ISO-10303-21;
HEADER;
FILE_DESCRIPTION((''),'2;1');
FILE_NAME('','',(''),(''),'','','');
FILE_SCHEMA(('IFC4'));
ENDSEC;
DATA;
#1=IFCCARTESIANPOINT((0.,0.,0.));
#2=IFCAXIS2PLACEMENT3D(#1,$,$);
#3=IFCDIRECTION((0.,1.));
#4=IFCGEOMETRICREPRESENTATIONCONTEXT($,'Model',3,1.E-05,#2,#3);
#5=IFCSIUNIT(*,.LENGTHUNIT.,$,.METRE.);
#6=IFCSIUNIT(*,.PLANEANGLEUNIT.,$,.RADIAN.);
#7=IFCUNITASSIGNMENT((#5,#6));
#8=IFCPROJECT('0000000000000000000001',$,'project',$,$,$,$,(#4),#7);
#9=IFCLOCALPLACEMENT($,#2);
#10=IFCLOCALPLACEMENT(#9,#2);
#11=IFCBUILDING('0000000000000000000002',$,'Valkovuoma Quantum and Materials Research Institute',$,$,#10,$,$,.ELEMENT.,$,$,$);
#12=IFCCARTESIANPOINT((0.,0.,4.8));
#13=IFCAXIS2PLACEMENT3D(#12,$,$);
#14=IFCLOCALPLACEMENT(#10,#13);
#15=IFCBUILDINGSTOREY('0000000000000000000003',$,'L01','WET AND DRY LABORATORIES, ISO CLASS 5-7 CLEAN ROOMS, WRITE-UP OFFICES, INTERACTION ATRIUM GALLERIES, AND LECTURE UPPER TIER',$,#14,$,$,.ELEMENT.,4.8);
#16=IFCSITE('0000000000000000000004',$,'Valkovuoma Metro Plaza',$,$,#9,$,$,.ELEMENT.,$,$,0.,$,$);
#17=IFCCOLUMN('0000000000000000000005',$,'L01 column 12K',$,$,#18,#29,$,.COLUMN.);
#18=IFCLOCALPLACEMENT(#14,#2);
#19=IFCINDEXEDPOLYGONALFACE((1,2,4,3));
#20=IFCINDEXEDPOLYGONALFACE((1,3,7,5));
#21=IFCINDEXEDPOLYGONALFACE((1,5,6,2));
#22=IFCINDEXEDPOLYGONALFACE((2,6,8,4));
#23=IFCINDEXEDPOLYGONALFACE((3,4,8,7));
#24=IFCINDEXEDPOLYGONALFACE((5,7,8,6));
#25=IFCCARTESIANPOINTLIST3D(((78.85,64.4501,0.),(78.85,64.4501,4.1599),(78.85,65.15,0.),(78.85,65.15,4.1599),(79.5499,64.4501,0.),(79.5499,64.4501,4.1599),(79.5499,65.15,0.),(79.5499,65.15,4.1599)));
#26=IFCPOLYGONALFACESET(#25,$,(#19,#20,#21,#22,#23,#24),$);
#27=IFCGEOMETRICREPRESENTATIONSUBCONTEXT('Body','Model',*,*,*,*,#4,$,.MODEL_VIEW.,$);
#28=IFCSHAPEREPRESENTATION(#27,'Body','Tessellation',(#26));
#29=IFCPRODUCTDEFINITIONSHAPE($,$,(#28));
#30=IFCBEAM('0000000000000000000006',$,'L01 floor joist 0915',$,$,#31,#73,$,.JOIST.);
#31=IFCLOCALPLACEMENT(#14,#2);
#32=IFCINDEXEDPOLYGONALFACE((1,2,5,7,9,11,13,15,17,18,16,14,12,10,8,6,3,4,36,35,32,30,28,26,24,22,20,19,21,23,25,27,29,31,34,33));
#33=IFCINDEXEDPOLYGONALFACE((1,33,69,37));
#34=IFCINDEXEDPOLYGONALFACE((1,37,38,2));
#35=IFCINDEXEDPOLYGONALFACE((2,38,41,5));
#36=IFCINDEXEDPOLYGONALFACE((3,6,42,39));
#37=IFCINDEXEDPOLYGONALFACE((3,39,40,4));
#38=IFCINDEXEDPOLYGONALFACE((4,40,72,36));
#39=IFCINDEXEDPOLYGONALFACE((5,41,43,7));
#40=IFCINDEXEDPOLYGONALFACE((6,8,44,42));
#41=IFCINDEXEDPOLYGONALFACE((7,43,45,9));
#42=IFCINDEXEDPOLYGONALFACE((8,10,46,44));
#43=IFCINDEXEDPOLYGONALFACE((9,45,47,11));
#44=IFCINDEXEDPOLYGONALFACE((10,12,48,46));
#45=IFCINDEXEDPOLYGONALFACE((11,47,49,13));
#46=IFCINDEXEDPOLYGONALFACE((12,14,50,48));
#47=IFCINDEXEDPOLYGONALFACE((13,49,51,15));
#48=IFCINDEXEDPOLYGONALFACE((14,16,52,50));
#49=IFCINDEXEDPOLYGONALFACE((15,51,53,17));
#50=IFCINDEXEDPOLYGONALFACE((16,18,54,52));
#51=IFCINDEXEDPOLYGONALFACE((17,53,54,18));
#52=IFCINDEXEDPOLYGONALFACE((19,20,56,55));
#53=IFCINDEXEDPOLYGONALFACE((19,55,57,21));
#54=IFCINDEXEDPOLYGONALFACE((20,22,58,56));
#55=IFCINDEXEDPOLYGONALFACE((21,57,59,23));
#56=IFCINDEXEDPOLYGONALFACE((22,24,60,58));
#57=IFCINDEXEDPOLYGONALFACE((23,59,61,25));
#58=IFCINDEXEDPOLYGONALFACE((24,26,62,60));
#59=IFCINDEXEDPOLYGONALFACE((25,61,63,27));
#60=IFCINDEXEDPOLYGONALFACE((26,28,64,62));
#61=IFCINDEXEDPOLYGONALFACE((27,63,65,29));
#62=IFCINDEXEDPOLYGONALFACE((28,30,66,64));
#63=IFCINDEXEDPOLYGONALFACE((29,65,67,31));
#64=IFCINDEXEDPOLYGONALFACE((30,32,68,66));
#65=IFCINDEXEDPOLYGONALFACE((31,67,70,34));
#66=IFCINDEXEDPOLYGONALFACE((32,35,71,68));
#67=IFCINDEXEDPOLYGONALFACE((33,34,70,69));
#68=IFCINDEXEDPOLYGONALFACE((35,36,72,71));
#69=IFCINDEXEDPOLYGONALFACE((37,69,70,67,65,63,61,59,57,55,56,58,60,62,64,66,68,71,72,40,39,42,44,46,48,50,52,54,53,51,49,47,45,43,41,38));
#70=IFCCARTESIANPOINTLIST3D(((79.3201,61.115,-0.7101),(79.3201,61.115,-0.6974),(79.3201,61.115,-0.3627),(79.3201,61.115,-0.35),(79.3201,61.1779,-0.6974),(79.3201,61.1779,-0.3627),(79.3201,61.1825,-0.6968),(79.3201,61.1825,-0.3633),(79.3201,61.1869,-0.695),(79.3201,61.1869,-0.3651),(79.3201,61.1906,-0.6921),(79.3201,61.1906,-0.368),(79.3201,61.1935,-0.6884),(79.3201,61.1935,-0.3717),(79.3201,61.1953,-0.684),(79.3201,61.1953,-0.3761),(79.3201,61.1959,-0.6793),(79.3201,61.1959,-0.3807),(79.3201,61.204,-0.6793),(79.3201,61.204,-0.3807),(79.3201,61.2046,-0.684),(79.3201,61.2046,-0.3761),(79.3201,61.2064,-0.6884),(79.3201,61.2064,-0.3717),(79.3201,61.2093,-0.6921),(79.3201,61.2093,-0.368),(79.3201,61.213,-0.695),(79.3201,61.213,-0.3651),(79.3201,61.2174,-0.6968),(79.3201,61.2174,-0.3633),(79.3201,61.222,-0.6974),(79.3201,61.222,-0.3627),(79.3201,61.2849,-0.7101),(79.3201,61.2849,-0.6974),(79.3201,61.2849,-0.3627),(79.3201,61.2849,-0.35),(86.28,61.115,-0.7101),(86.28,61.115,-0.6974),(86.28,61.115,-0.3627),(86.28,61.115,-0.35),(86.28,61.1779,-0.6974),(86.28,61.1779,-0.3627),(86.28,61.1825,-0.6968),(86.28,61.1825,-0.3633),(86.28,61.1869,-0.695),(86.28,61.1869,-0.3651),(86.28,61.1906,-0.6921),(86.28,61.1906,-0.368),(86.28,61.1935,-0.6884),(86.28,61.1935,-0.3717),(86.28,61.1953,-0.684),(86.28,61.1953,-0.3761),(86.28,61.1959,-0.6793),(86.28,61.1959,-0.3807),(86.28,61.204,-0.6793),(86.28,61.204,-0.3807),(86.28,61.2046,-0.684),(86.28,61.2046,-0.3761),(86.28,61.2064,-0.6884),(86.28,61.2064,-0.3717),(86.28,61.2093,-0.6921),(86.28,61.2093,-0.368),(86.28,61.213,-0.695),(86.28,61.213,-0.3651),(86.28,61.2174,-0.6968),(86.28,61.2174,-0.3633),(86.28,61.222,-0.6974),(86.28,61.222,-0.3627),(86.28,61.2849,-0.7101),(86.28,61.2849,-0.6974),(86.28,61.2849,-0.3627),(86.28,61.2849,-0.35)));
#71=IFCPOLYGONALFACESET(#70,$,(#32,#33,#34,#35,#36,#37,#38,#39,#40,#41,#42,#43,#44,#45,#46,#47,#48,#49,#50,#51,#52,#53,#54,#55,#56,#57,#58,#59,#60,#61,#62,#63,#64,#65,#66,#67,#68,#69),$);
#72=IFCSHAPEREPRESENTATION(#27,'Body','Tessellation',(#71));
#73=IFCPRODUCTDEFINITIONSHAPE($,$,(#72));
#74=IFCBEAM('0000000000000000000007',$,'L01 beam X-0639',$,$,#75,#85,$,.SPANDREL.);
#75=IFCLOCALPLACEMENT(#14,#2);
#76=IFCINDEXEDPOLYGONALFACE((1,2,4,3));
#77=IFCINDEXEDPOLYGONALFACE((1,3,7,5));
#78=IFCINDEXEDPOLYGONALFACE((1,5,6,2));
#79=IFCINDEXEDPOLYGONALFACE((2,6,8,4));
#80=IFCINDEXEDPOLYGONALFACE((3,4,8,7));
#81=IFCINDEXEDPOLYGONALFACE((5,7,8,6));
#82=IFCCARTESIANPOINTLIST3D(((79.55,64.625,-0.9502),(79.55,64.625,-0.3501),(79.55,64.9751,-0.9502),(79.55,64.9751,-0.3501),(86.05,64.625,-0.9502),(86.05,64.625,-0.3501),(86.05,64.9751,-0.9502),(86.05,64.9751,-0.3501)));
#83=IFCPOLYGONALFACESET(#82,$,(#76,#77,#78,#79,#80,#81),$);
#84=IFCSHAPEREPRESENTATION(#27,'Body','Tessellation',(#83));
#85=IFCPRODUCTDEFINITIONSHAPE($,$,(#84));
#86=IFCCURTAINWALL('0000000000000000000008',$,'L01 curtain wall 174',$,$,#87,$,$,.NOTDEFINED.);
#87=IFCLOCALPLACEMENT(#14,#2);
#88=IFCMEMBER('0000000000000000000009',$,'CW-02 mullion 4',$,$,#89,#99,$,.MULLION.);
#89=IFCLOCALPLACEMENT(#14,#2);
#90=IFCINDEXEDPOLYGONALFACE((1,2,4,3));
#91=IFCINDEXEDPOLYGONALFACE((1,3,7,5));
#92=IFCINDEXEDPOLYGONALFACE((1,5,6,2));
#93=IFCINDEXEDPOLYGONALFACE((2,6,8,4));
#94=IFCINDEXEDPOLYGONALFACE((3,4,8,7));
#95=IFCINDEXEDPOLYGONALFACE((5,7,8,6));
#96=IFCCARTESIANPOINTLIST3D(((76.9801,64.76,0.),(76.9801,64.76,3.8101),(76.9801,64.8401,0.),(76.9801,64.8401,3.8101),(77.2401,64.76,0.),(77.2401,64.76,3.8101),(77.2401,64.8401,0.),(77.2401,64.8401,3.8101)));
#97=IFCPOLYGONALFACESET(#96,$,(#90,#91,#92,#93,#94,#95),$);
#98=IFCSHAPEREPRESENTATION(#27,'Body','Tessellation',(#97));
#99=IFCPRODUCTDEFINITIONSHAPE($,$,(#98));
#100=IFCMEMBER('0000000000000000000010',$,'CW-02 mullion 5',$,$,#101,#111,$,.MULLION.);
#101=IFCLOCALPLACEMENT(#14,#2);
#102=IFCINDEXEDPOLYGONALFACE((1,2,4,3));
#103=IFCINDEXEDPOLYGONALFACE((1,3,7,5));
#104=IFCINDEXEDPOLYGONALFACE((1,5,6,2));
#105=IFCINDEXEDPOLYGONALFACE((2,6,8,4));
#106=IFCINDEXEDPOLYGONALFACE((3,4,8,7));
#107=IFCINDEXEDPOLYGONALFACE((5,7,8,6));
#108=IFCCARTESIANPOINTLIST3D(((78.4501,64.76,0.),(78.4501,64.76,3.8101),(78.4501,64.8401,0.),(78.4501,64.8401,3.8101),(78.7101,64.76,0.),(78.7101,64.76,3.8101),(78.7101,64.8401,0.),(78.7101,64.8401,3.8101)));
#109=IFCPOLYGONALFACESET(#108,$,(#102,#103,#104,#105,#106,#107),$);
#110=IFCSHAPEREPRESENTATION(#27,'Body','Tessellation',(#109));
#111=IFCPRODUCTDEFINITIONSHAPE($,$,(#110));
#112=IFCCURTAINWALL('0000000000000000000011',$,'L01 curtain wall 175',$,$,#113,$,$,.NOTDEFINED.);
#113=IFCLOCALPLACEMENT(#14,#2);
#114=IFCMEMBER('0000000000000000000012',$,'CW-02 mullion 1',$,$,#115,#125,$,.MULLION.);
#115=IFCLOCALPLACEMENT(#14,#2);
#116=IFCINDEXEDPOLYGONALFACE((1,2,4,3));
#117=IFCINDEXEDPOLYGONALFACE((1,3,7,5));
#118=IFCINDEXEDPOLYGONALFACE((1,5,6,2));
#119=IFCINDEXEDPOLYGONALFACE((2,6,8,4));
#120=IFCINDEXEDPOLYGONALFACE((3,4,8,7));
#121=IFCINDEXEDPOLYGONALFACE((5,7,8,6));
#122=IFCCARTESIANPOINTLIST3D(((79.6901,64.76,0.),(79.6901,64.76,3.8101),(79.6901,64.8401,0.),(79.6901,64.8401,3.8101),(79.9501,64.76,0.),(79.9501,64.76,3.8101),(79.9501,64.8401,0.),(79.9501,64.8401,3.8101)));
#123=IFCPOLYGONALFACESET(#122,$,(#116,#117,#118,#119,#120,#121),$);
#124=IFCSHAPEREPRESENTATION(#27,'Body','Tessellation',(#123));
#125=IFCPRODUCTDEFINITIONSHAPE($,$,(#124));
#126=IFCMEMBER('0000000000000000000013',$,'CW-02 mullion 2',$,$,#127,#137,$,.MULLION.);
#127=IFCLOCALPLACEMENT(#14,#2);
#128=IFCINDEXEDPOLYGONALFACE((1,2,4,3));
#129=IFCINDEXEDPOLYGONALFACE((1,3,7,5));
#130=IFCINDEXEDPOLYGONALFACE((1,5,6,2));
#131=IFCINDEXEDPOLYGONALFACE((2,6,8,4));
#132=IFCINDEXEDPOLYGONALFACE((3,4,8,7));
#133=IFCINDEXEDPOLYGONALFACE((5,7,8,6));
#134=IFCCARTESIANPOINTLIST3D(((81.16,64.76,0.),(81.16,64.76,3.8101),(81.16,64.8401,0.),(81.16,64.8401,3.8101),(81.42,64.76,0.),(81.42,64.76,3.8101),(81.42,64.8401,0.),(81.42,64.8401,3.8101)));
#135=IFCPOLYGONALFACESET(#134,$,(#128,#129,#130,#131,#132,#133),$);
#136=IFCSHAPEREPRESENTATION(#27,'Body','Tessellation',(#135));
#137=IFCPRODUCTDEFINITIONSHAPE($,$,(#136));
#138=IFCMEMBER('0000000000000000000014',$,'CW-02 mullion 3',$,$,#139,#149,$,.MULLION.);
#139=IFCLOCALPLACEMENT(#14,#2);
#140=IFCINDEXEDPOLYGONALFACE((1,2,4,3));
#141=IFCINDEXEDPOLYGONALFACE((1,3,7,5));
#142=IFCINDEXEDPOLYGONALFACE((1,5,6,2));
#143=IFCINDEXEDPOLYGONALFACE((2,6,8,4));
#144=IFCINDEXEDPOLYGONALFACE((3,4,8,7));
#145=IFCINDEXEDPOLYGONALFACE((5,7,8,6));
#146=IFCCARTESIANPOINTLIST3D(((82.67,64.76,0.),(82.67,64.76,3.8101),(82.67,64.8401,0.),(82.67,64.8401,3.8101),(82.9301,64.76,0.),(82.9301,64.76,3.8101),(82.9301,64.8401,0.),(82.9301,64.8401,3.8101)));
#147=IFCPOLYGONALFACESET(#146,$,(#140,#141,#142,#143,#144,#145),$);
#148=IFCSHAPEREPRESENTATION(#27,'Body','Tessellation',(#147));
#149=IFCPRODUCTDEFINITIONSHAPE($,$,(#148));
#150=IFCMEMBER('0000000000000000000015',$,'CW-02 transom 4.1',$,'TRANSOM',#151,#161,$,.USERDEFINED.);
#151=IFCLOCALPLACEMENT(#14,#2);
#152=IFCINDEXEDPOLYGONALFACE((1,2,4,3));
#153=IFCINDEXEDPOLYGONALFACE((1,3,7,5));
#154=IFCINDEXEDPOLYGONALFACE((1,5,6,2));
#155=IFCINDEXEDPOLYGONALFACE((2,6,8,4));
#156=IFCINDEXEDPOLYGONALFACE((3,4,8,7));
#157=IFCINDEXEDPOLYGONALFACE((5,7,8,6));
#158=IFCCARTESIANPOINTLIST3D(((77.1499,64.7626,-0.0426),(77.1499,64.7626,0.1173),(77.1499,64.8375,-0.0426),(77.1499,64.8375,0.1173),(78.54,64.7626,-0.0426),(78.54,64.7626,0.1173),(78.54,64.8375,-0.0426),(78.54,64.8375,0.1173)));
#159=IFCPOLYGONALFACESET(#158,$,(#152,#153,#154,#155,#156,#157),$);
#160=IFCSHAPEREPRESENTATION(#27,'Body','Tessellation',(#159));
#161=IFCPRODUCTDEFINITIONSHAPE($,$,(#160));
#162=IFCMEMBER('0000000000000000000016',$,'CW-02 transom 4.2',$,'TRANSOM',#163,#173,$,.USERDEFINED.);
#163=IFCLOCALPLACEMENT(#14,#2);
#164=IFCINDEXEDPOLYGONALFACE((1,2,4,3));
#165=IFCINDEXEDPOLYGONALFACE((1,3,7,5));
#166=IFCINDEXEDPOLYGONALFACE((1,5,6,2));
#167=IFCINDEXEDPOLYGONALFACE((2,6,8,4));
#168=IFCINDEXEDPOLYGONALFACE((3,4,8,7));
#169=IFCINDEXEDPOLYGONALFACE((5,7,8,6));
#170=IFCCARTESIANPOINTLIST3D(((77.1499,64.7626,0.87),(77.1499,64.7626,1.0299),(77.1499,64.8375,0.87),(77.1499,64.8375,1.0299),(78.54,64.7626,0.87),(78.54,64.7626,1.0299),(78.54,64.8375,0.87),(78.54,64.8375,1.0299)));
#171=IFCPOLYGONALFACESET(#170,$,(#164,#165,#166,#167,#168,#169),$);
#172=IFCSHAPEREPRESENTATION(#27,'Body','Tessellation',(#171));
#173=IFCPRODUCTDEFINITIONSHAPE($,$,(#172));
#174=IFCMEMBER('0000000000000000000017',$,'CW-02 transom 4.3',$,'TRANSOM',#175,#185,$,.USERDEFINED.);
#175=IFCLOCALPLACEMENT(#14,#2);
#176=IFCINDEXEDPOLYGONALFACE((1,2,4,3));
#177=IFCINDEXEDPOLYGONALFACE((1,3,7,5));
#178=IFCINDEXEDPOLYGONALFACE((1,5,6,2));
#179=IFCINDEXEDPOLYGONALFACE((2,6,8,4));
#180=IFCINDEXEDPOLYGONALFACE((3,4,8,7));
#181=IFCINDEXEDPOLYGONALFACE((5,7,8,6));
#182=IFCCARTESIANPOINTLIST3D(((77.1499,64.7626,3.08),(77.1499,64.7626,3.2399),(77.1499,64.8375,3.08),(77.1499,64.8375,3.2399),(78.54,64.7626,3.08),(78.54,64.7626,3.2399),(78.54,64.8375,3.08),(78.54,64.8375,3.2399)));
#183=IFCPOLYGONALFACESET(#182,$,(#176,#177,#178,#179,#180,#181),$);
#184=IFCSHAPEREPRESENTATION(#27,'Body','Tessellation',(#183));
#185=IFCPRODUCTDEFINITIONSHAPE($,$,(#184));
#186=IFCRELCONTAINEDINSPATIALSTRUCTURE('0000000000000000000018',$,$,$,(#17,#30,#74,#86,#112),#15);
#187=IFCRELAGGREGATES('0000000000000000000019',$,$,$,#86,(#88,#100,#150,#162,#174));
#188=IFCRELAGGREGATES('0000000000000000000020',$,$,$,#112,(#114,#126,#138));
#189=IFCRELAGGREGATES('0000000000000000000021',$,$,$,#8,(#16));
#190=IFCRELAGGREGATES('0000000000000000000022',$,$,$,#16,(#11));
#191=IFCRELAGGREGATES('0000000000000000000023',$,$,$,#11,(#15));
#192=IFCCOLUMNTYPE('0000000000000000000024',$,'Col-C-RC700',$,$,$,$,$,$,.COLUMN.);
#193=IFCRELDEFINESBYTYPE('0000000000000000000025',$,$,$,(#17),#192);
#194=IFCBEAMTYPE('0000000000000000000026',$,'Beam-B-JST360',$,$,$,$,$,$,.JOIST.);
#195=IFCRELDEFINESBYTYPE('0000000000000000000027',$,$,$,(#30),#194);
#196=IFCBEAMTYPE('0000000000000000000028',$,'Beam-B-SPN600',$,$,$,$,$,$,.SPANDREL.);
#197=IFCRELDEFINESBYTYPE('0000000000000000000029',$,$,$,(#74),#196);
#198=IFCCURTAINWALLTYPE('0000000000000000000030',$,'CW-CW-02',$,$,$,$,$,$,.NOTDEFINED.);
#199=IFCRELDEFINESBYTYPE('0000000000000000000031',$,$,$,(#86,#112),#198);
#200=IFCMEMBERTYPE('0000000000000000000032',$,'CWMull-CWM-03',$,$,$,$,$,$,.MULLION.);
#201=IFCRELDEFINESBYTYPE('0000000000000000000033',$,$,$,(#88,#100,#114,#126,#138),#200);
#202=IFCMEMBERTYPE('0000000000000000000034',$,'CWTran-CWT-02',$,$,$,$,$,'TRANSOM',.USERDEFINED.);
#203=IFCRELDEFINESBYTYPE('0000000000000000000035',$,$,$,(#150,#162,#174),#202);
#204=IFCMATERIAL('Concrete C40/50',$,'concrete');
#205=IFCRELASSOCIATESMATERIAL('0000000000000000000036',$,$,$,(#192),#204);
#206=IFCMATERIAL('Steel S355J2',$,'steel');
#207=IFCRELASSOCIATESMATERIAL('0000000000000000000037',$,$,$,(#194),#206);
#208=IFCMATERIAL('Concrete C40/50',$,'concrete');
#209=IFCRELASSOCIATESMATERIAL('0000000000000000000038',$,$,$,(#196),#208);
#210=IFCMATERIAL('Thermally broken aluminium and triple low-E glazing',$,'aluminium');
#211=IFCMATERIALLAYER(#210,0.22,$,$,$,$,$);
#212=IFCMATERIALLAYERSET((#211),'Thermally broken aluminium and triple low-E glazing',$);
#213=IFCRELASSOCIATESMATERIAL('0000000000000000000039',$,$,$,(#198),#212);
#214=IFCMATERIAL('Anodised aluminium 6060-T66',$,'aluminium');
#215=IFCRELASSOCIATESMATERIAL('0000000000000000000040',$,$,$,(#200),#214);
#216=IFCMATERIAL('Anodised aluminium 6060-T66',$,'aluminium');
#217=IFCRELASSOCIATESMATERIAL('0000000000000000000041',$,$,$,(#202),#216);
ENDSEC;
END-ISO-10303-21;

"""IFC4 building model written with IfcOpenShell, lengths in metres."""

from ifc_helpers import new_model, si_unit, direction, frame, origin, origin_2d, place, context, subcontext, project, spatial, rectangle, i_section, extrude, material, layer, layer_set, material_profile, profile_set, type_object, element, aggregate, save


model = new_model("IFC4")

# Units and contexts
model_context = context("Model", 3, precision=1e-05, world=origin(), true_north=direction((0.0, 1.0)))
body_context = subcontext(model_context, "Body", "Model", "MODEL_VIEW")
ifc_project = project(units=[si_unit("LENGTHUNIT", "METRE"), si_unit("PLANEANGLEUNIT", "RADIAN")], contexts=[model_context])

# Site, building, storey
site_placement = place(None, origin())
site = spatial("IfcSite", under=ifc_project, at=site_placement, Name="Valkovuoma Metro Plaza", CompositionType="ELEMENT", RefElevation=0.0)
building_placement = place(site_placement, origin())
building = spatial("IfcBuilding", under=site, at=building_placement, Name="Valkovuoma Quantum and Materials Research Institute", CompositionType="ELEMENT")
storey_placement = place(building_placement, frame((0.0, 0.0, 4.8)))
storey = spatial("IfcBuildingStorey", under=building, at=storey_placement, Name="L01", Description="WET AND DRY LABORATORIES, ISO CLASS 5-7 CLEAN ROOMS, WRITE-UP OFFICES, INTERACTION ATRIUM GALLERIES, AND LECTURE UPPER TIER", CompositionType="ELEMENT", Elevation=4.8)

# Column
ifc_material_1 = material(Name="Concrete C40/50", Category="concrete")
ifc_material_profile_1 = material_profile(ifc_material_1, rectangle(XDim=0.7, YDim=0.7, at=origin_2d()), Name="Concrete C40/50")
ifc_profile_set_1 = profile_set([ifc_material_profile_1], Name="Concrete C40/50")
column_type = type_object("IfcColumnType", Name="Col-C-RC700", PredefinedType="COLUMN", material=ifc_profile_set_1)
column_placement = place(storey_placement, frame((79.2, 64.8, 0.0), z_axis=(0.0, 0.0, 1.0), x_axis=(1.0, 0.0, 0.0)))
element("IfcColumn", 1, at=column_placement, inside=storey, type_object=column_type, Name="L01 column 12K", PredefinedType="COLUMN", context=body_context, shape_type="SweptSolid", body=[
    extrude(rectangle(XDim=0.7, YDim=0.7, at=origin_2d()), origin(), (0.0, 0.0, 1.0), 4.1599),
])

# Beams
ifc_material_2 = material(Name="Steel S355J2", Category="steel")
ifc_material_profile_2 = material_profile(ifc_material_2, i_section(OverallWidth=0.1699, OverallDepth=0.3601, WebThickness=0.0081, FlangeThickness=0.0127, FilletRadius=0.0181, at=origin_2d()), Name="Steel S355J2")
ifc_profile_set_2 = profile_set([ifc_material_profile_2], Name="Steel S355J2")
beam_type_1 = type_object("IfcBeamType", Name="Beam-B-JST360", PredefinedType="JOIST", material=ifc_profile_set_2)
beam_1_placement = place(storey_placement, frame((79.3201, 61.2, -0.53), z_axis=(1.0, 0.0, 0.0), x_axis=(0.0, 1.0, 0.0)))
element("IfcBeam", 2, at=beam_1_placement, inside=storey, type_object=beam_type_1, Name="L01 floor joist 0915", PredefinedType="JOIST", context=body_context, shape_type="SweptSolid", body=[
    extrude(i_section(OverallWidth=0.1699, OverallDepth=0.3601, WebThickness=0.0081, FlangeThickness=0.0127, FilletRadius=0.0181, at=origin_2d()), origin(), (0.0, 0.0, 1.0), 6.96),
])
ifc_material_3 = material(Name="Concrete C40/50", Category="concrete")
ifc_material_profile_3 = material_profile(ifc_material_3, rectangle(XDim=0.3501, YDim=0.6001, at=origin_2d()), Name="Concrete C40/50")
ifc_profile_set_3 = profile_set([ifc_material_profile_3], Name="Concrete C40/50")
beam_type_2 = type_object("IfcBeamType", Name="Beam-B-SPN600", PredefinedType="SPANDREL", material=ifc_profile_set_3)
beam_2_placement = place(storey_placement, frame((79.55, 64.8, -0.6501), z_axis=(1.0, 0.0, 0.0), x_axis=(0.0, 1.0, 0.0)))
element("IfcBeam", 3, at=beam_2_placement, inside=storey, type_object=beam_type_2, Name="L01 beam X-0639", PredefinedType="SPANDREL", context=body_context, shape_type="SweptSolid", body=[
    extrude(rectangle(XDim=0.3501, YDim=0.6001, at=origin_2d()), origin(), (0.0, 0.0, 1.0), 6.5),
])

# Curtain walls, members
ifc_material_4 = material(Name="Thermally broken aluminium and triple low-E glazing", Category="aluminium")
ifc_layer_1 = layer(ifc_material_4, 0.22)
ifc_layer_set_1 = layer_set([ifc_layer_1], Name="Thermally broken aluminium and triple low-E glazing")
curtain_wall_type = type_object("IfcCurtainWallType", Name="CW-CW-02", PredefinedType="NOTDEFINED", material=ifc_layer_set_1)
curtain_wall_1_placement = place(storey_placement, origin())
curtain_wall_1 = element("IfcCurtainWall", 4, at=curtain_wall_1_placement, inside=storey, type_object=curtain_wall_type, Name="L01 curtain wall 174", PredefinedType="NOTDEFINED")
ifc_material_5 = material(Name="Anodised aluminium 6060-T66", Category="aluminium")
ifc_material_profile_4 = material_profile(ifc_material_5, rectangle(XDim=0.0801, YDim=0.26, at=origin_2d()), Name="Anodised aluminium 6060-T66")
ifc_profile_set_4 = profile_set([ifc_material_profile_4], Name="Anodised aluminium 6060-T66")
member_type_1 = type_object("IfcMemberType", Name="CWMull-CWM-03", PredefinedType="MULLION", material=ifc_profile_set_4)
member_1_placement = place(storey_placement, frame((77.1101, 64.8, 0.0), z_axis=(0.0, 0.0, 1.0), x_axis=(0.0, 1.0, 0.0)))
member_1 = element("IfcMember", 5, at=member_1_placement, type_object=member_type_1, Name="CW-02 mullion 4", PredefinedType="MULLION", context=body_context, shape_type="SweptSolid", body=[
    extrude(rectangle(XDim=0.0801, YDim=0.26, at=origin_2d()), origin(), (0.0, 0.0, 1.0), 3.8101),
])
member_2_placement = place(storey_placement, frame((78.5801, 64.8, 0.0), z_axis=(0.0, 0.0, 1.0), x_axis=(0.0, 1.0, 0.0)))
member_2 = element("IfcMember", 6, at=member_2_placement, type_object=member_type_1, Name="CW-02 mullion 5", PredefinedType="MULLION", context=body_context, shape_type="SweptSolid", body=[
    extrude(rectangle(XDim=0.0801, YDim=0.26, at=origin_2d()), origin(), (0.0, 0.0, 1.0), 3.8101),
])
curtain_wall_2_placement = place(storey_placement, origin())
curtain_wall_2 = element("IfcCurtainWall", 7, at=curtain_wall_2_placement, inside=storey, type_object=curtain_wall_type, Name="L01 curtain wall 175", PredefinedType="NOTDEFINED")
member_3_placement = place(storey_placement, frame((79.8201, 64.8, 0.0), z_axis=(0.0, 0.0, 1.0), x_axis=(0.0, 1.0, 0.0)))
member_3 = element("IfcMember", 8, at=member_3_placement, type_object=member_type_1, Name="CW-02 mullion 1", PredefinedType="MULLION", context=body_context, shape_type="SweptSolid", body=[
    extrude(rectangle(XDim=0.0801, YDim=0.26, at=origin_2d()), origin(), (0.0, 0.0, 1.0), 3.8101),
])
member_4_placement = place(storey_placement, frame((81.29, 64.8, 0.0), z_axis=(0.0, 0.0, 1.0), x_axis=(0.0, 1.0, 0.0)))
member_4 = element("IfcMember", 9, at=member_4_placement, type_object=member_type_1, Name="CW-02 mullion 2", PredefinedType="MULLION", context=body_context, shape_type="SweptSolid", body=[
    extrude(rectangle(XDim=0.0801, YDim=0.26, at=origin_2d()), origin(), (0.0, 0.0, 1.0), 3.8101),
])
member_5_placement = place(storey_placement, frame((82.8, 64.8, 0.0), z_axis=(0.0, 0.0, 1.0), x_axis=(0.0, 1.0, 0.0)))
member_5 = element("IfcMember", 10, at=member_5_placement, type_object=member_type_1, Name="CW-02 mullion 3", PredefinedType="MULLION", context=body_context, shape_type="SweptSolid", body=[
    extrude(rectangle(XDim=0.0801, YDim=0.26, at=origin_2d()), origin(), (0.0, 0.0, 1.0), 3.8101),
])

# Members
ifc_material_6 = material(Name="Anodised aluminium 6060-T66", Category="aluminium")
ifc_material_profile_5 = material_profile(ifc_material_6, rectangle(XDim=0.075, YDim=0.1599, at=origin_2d()), Name="Anodised aluminium 6060-T66")
ifc_profile_set_5 = profile_set([ifc_material_profile_5], Name="Anodised aluminium 6060-T66")
member_type_2 = type_object("IfcMemberType", Name="CWTran-CWT-02", ElementType="TRANSOM", PredefinedType="USERDEFINED", material=ifc_profile_set_5)
member_6_placement = place(storey_placement, frame((77.1499, 64.8, 0.0374), z_axis=(1.0, 0.0, 0.0), x_axis=(0.0, 1.0, 0.0)))
member_6 = element("IfcMember", 11, at=member_6_placement, type_object=member_type_2, Name="CW-02 transom 4.1", ObjectType="TRANSOM", PredefinedType="USERDEFINED", context=body_context, shape_type="SweptSolid", body=[
    extrude(rectangle(XDim=0.075, YDim=0.1599, at=origin_2d()), origin(), (0.0, 0.0, 1.0), 1.3901),
])
member_7_placement = place(storey_placement, frame((77.1499, 64.8, 0.95), z_axis=(1.0, 0.0, 0.0), x_axis=(0.0, 1.0, 0.0)))
member_7 = element("IfcMember", 12, at=member_7_placement, type_object=member_type_2, Name="CW-02 transom 4.2", ObjectType="TRANSOM", PredefinedType="USERDEFINED", context=body_context, shape_type="SweptSolid", body=[
    extrude(rectangle(XDim=0.075, YDim=0.1599, at=origin_2d()), origin(), (0.0, 0.0, 1.0), 1.3901),
])
member_8_placement = place(storey_placement, frame((77.1499, 64.8, 3.1599), z_axis=(1.0, 0.0, 0.0), x_axis=(0.0, 1.0, 0.0)))
member_8 = element("IfcMember", 13, at=member_8_placement, type_object=member_type_2, Name="CW-02 transom 4.3", ObjectType="TRANSOM", PredefinedType="USERDEFINED", context=body_context, shape_type="SweptSolid", body=[
    extrude(rectangle(XDim=0.075, YDim=0.1599, at=origin_2d()), origin(), (0.0, 0.0, 1.0), 1.3901),
])

aggregate(curtain_wall_1, [member_1, member_2, member_6, member_7, member_8])
aggregate(curtain_wall_2, [member_3, member_4, member_5])

save(model, "model.ifc")
